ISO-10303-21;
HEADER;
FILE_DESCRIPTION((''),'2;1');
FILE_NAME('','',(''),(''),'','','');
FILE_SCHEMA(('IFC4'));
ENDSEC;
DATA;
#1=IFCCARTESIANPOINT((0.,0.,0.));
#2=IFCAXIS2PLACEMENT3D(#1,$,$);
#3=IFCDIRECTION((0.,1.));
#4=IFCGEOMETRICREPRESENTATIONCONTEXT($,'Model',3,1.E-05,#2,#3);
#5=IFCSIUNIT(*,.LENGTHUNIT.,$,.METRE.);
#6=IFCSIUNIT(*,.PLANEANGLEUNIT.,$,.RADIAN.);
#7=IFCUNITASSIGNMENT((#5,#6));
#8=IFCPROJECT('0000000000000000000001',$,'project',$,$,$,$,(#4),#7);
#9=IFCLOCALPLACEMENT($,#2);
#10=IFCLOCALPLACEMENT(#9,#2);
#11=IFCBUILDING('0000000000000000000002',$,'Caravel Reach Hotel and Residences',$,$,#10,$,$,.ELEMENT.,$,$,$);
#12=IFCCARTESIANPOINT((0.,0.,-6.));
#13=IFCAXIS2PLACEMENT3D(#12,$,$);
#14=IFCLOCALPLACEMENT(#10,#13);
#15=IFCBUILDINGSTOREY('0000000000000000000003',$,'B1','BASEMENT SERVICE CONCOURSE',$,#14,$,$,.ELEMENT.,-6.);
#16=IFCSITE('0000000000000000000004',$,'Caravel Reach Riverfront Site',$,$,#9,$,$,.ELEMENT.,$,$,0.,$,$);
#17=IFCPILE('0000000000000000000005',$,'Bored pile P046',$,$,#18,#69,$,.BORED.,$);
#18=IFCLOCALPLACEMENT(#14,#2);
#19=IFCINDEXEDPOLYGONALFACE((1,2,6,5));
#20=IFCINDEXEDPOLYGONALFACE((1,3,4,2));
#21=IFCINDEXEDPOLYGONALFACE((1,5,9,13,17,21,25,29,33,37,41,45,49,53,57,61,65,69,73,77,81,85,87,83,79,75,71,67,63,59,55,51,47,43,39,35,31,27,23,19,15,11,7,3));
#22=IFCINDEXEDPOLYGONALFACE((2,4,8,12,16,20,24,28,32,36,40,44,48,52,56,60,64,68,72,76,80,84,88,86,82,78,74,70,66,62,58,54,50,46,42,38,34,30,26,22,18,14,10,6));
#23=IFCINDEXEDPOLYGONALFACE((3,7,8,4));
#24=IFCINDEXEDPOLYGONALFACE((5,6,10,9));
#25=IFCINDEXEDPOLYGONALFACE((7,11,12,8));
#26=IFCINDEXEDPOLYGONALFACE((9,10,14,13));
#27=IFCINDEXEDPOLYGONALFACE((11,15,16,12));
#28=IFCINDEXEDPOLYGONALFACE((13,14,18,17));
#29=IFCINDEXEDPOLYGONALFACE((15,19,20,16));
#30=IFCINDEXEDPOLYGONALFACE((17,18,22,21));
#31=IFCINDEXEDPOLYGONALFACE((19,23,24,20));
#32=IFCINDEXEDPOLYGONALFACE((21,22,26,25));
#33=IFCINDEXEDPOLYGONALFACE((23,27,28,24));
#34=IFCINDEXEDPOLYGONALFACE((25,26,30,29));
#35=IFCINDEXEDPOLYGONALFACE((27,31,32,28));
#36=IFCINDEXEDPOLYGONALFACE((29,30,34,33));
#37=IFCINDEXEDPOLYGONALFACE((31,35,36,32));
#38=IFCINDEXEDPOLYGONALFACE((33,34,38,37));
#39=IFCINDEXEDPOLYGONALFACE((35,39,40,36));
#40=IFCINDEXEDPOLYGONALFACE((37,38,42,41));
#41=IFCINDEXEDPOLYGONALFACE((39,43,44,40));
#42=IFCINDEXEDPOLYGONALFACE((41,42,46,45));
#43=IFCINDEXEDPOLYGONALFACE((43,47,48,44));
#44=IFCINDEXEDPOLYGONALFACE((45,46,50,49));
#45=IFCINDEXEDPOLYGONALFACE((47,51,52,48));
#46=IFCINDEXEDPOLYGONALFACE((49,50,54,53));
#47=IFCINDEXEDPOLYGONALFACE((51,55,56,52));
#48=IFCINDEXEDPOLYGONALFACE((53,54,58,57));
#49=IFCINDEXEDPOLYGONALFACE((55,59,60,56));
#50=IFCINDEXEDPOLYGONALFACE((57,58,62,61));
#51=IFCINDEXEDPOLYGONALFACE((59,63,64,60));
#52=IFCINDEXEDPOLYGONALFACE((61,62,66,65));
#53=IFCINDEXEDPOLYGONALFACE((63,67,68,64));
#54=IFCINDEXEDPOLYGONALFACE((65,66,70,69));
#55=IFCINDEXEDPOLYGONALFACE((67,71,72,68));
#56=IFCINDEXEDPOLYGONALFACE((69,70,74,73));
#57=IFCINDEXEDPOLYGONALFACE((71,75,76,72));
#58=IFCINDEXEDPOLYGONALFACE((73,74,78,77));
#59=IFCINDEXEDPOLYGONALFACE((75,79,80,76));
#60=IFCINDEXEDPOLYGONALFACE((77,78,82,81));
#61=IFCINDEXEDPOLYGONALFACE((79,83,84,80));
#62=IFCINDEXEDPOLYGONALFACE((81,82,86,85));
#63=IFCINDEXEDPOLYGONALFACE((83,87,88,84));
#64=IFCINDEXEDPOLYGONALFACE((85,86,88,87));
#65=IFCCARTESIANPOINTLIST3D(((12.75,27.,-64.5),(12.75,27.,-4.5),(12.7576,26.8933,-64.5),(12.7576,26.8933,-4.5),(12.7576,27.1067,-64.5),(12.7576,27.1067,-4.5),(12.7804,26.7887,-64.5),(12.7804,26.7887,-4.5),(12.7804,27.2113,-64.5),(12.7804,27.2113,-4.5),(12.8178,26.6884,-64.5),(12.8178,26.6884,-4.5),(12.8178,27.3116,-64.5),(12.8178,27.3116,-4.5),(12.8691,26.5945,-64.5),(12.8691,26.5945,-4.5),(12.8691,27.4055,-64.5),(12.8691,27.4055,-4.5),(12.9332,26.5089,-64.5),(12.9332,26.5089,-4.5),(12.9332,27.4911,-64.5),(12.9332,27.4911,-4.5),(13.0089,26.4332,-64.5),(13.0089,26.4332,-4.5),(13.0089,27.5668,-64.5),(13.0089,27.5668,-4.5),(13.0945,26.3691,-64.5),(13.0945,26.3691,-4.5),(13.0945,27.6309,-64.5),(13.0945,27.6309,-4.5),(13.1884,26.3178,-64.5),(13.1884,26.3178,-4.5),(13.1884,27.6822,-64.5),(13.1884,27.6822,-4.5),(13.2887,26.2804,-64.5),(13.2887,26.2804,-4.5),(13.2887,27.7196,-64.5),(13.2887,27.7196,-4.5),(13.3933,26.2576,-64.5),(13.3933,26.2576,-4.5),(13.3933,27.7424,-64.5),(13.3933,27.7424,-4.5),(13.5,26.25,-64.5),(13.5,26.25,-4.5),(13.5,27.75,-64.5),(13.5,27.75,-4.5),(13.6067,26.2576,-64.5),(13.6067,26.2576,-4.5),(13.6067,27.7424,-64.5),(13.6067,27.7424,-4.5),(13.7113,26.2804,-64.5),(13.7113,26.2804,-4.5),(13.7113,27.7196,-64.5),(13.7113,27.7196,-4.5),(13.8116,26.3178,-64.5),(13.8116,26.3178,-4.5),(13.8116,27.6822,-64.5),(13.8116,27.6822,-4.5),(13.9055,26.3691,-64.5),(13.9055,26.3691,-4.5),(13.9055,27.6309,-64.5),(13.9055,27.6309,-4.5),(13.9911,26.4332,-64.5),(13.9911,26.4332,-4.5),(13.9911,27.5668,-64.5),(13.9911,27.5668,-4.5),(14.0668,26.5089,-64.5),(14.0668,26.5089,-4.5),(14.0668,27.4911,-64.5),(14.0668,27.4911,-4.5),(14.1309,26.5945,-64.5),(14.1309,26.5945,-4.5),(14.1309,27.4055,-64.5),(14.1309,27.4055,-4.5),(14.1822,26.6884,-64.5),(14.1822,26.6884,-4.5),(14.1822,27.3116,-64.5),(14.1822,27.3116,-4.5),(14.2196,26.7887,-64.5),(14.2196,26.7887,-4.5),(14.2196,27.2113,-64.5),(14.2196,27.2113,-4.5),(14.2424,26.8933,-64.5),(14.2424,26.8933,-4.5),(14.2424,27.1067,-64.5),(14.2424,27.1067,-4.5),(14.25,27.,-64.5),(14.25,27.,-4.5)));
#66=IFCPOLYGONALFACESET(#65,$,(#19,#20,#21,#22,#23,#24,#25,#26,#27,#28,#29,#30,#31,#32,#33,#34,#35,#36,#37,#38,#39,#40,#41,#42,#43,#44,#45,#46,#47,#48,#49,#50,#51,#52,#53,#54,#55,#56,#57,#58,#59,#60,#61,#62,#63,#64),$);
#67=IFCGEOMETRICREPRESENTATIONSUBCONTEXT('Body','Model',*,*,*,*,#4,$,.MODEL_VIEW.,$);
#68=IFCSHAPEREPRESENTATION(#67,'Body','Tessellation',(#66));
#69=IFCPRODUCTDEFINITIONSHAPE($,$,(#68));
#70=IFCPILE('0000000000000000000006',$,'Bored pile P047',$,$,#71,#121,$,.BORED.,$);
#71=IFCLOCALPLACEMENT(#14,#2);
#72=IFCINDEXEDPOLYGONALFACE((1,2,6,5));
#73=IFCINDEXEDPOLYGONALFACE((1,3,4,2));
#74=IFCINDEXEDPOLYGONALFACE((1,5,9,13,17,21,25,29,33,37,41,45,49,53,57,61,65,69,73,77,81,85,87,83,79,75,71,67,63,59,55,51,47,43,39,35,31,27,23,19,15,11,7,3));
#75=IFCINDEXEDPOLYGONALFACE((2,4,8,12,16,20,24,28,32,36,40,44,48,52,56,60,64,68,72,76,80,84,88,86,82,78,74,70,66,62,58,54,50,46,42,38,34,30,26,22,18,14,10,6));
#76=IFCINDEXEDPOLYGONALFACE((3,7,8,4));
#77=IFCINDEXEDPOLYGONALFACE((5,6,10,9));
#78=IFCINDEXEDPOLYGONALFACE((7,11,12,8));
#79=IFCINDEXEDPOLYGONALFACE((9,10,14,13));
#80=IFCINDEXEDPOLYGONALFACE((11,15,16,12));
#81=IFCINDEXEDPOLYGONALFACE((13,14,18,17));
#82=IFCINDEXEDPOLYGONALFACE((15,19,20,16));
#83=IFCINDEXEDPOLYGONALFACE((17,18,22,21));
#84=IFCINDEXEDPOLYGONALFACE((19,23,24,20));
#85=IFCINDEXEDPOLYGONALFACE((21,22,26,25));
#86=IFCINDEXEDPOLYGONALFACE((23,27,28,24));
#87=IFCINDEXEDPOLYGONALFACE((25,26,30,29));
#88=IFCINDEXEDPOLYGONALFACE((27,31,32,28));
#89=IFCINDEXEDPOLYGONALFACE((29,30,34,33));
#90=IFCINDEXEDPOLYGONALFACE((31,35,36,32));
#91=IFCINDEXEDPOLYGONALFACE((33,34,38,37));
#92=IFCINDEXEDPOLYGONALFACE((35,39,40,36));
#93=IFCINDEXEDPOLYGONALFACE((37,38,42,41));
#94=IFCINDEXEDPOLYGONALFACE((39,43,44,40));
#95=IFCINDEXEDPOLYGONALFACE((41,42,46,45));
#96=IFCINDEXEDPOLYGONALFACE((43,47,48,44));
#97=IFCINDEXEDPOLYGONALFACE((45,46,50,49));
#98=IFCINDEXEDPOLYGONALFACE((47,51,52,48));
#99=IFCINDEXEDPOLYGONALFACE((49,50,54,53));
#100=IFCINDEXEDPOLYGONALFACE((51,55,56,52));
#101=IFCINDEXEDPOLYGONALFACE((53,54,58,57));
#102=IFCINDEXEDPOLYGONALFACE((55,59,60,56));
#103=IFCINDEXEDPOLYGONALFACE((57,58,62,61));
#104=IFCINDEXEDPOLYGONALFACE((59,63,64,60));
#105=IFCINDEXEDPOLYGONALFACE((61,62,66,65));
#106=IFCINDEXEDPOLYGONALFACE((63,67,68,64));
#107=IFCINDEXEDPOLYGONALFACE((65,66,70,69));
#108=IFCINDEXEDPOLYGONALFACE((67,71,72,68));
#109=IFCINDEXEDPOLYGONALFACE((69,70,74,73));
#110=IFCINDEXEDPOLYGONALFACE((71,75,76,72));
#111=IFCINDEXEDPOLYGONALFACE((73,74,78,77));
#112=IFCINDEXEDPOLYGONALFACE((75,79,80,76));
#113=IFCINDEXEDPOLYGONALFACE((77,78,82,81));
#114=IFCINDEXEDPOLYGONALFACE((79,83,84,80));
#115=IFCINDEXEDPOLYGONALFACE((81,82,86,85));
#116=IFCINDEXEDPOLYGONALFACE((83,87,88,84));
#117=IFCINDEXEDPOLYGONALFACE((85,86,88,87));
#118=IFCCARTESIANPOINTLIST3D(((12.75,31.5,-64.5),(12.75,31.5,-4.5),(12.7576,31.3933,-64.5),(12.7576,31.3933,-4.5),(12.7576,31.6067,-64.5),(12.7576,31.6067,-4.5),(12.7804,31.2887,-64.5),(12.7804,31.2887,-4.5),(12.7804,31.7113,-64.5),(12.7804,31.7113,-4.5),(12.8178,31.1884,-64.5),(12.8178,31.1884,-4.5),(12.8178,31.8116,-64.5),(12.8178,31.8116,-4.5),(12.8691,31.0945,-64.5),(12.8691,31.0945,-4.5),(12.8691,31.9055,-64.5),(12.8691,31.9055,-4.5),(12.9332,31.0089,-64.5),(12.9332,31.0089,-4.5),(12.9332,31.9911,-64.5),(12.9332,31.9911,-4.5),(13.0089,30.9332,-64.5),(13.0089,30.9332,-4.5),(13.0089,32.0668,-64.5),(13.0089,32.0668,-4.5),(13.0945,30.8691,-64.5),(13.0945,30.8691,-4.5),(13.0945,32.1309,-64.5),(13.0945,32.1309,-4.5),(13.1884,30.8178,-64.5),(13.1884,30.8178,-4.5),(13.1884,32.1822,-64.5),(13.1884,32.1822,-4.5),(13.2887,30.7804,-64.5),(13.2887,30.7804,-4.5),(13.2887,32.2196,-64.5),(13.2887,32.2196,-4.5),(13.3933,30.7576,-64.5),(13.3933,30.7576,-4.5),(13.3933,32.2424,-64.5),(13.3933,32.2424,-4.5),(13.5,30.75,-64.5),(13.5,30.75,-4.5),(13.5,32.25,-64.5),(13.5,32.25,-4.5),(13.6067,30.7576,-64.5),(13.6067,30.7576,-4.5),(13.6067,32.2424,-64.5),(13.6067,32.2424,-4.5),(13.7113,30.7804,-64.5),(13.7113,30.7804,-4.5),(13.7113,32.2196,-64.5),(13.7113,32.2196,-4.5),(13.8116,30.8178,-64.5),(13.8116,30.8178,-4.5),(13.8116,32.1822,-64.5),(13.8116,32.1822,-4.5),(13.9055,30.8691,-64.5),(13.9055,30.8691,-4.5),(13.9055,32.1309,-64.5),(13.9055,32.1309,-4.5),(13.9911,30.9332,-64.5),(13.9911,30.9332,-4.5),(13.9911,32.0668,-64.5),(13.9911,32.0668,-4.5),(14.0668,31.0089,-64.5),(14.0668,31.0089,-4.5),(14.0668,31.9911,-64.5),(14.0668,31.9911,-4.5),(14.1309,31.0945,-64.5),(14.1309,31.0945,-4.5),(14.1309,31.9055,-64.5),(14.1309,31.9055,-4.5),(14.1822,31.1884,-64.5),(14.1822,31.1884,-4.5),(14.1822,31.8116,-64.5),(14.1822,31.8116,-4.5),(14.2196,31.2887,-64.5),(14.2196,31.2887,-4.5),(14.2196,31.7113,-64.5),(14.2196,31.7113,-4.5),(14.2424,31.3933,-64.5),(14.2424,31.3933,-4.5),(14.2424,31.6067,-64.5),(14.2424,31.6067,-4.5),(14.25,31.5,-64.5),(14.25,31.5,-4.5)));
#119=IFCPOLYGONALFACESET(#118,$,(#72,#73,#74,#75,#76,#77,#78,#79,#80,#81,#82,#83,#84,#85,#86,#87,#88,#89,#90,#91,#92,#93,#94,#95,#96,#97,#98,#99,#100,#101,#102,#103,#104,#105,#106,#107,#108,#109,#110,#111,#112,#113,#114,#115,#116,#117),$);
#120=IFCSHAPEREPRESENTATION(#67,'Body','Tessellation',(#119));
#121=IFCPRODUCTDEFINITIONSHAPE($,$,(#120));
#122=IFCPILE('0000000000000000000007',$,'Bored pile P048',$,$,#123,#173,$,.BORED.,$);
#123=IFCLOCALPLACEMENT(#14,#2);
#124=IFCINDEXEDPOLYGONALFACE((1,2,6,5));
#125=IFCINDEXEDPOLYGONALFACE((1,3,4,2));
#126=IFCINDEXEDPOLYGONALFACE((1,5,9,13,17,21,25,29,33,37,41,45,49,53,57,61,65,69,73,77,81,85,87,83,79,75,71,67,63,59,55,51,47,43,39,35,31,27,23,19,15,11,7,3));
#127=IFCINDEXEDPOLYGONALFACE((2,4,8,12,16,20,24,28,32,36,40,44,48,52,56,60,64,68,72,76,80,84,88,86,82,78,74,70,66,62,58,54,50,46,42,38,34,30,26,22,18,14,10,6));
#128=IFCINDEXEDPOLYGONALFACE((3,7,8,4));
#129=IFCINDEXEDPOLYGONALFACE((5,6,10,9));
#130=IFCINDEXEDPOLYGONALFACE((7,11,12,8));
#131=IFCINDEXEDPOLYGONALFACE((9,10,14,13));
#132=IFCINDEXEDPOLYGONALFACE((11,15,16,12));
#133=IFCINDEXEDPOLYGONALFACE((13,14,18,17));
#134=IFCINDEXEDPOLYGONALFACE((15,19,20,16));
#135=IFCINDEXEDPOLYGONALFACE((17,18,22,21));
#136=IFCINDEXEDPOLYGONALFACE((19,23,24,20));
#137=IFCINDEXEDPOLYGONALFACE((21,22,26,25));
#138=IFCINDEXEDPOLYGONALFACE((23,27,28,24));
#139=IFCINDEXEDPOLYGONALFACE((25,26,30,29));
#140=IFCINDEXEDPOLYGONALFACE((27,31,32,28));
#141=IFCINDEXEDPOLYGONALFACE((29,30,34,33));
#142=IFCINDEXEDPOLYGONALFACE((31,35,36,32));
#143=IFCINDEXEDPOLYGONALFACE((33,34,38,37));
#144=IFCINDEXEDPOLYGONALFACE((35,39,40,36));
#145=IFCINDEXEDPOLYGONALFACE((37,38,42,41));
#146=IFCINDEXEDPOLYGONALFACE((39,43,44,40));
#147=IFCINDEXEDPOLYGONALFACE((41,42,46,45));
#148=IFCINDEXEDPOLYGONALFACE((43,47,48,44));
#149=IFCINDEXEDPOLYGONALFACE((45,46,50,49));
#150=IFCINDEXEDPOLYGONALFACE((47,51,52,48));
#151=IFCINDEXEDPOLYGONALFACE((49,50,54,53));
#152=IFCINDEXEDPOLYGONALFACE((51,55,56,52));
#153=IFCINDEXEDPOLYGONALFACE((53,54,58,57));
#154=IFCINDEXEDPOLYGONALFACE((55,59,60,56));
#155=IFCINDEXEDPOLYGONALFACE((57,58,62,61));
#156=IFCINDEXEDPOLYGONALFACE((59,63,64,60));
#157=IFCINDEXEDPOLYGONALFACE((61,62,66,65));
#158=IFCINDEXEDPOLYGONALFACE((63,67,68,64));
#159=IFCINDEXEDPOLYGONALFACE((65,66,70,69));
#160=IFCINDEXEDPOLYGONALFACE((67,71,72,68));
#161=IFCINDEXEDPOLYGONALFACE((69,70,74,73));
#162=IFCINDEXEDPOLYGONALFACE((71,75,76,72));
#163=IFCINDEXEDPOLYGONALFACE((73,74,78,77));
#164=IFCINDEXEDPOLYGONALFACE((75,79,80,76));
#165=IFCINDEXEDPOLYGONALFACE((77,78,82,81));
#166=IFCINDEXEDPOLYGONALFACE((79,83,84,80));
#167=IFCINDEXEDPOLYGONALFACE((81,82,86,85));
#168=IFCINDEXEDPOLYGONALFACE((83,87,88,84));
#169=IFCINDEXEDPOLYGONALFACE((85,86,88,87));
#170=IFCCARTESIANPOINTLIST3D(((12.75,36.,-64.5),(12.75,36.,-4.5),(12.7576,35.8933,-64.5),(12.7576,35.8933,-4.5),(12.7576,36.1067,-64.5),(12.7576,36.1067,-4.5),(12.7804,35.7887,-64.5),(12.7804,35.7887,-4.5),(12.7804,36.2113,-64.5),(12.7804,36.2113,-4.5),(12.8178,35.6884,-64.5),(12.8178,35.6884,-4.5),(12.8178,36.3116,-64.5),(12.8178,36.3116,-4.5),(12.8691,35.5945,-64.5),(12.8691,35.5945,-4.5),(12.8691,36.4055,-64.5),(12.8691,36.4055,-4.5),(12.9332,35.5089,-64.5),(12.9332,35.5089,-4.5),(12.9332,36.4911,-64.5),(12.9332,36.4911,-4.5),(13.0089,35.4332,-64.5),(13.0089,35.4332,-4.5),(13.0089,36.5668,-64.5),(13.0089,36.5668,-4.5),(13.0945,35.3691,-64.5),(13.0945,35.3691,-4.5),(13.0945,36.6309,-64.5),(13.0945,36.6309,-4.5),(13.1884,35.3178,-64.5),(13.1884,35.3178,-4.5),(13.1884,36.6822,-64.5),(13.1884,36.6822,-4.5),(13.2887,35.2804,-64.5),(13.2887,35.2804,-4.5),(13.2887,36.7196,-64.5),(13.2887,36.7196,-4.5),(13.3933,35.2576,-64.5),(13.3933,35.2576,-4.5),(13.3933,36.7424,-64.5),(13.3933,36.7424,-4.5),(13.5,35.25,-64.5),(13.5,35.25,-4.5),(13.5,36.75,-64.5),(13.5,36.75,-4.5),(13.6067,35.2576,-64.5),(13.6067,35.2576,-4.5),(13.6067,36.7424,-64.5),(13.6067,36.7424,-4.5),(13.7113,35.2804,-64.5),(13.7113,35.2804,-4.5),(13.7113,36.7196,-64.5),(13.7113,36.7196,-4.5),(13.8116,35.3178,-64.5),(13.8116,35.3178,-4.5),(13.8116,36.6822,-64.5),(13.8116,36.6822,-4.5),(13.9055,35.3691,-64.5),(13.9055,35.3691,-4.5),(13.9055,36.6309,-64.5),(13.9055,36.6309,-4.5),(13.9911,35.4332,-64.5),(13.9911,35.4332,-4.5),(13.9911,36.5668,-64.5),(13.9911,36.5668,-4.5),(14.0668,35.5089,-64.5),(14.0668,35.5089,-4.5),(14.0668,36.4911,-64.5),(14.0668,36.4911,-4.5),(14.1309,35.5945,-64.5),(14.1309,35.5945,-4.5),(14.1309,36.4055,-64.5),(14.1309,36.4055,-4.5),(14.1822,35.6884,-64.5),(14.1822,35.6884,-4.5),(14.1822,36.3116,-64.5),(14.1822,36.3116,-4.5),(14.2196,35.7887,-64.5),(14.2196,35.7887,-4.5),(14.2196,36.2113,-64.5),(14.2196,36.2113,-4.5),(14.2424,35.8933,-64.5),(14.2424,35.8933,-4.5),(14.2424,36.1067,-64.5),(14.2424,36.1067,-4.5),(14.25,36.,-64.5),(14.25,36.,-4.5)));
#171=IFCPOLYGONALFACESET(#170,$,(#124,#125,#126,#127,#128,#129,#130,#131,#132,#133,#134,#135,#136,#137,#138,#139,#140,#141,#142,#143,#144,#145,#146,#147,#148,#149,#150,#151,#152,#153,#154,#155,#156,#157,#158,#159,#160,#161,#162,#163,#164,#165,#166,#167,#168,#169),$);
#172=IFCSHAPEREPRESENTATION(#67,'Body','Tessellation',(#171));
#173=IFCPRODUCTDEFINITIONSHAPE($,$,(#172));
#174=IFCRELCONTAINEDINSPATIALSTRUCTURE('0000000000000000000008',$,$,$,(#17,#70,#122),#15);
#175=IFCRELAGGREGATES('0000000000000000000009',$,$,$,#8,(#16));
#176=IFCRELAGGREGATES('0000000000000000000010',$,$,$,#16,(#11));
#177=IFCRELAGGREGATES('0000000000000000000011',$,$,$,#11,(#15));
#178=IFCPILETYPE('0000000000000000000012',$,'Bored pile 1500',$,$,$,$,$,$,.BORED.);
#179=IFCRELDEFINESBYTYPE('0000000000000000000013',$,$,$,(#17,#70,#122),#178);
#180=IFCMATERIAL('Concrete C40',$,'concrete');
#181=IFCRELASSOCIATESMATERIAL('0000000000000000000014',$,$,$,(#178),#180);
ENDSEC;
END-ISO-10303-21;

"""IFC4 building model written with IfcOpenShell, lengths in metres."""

from ifc_helpers import new_model, si_unit, direction, frame, origin, origin_2d, place, context, subcontext, project, spatial, circle, extrude, material, material_profile, profile_set, type_object, element, save


model = new_model("IFC4")

# Units and contexts
model_context = context("Model", 3, precision=1e-05, world=origin(), true_north=direction((0.0, 1.0)))
body_context = subcontext(model_context, "Body", "Model", "MODEL_VIEW")
ifc_project = project(units=[si_unit("LENGTHUNIT", "METRE"), si_unit("PLANEANGLEUNIT", "RADIAN")], contexts=[model_context])

# Site, building, storey
site_placement = place(None, origin())
site = spatial("IfcSite", under=ifc_project, at=site_placement, Name="Caravel Reach Riverfront Site", CompositionType="ELEMENT", RefElevation=0.0)
building_placement = place(site_placement, origin())
building = spatial("IfcBuilding", under=site, at=building_placement, Name="Caravel Reach Hotel and Residences", CompositionType="ELEMENT")
storey_placement = place(building_placement, frame((0.0, 0.0, -6.0)))
storey = spatial("IfcBuildingStorey", under=building, at=storey_placement, Name="B1", Description="BASEMENT SERVICE CONCOURSE", CompositionType="ELEMENT", Elevation=-6.0)

# Piles
ifc_material_1 = material(Name="Concrete C40", Category="concrete")
ifc_material_profile_1 = material_profile(ifc_material_1, circle(Radius=0.75, at=origin_2d()), Name="PILE 1500")
ifc_profile_set_1 = profile_set([ifc_material_profile_1], Name="Concrete C40")
pile_type_1 = type_object("IfcPileType", Name="Bored pile 1500", PredefinedType="BORED", material=ifc_profile_set_1)
for number, where, z_axis, x_axis, name in (
    (1, (13.5, 27.0, -4.5), (0.0, 0.0, -1.0), (1.0, 0.0, 0.0), "Bored pile P046"),
    (2, (13.5, 31.5, -4.5), (0.0, 0.0, -1.0), (1.0, 0.0, 0.0), "Bored pile P047"),
    (3, (13.5, 36.0, -4.5), (0.0, 0.0, -1.0), (1.0, 0.0, 0.0), "Bored pile P048"),
):
    element("IfcPile", number, at=place(storey_placement, frame(where, z_axis=z_axis, x_axis=x_axis)), inside=storey, type_object=pile_type_1, Name=name, PredefinedType="BORED", context=body_context, shape_type="SweptSolid", body=[
        extrude(circle(Radius=0.75, at=origin_2d()), origin(), (0.0, 0.0, 1.0), 60.0),
    ])

save(model, "model.ifc")
